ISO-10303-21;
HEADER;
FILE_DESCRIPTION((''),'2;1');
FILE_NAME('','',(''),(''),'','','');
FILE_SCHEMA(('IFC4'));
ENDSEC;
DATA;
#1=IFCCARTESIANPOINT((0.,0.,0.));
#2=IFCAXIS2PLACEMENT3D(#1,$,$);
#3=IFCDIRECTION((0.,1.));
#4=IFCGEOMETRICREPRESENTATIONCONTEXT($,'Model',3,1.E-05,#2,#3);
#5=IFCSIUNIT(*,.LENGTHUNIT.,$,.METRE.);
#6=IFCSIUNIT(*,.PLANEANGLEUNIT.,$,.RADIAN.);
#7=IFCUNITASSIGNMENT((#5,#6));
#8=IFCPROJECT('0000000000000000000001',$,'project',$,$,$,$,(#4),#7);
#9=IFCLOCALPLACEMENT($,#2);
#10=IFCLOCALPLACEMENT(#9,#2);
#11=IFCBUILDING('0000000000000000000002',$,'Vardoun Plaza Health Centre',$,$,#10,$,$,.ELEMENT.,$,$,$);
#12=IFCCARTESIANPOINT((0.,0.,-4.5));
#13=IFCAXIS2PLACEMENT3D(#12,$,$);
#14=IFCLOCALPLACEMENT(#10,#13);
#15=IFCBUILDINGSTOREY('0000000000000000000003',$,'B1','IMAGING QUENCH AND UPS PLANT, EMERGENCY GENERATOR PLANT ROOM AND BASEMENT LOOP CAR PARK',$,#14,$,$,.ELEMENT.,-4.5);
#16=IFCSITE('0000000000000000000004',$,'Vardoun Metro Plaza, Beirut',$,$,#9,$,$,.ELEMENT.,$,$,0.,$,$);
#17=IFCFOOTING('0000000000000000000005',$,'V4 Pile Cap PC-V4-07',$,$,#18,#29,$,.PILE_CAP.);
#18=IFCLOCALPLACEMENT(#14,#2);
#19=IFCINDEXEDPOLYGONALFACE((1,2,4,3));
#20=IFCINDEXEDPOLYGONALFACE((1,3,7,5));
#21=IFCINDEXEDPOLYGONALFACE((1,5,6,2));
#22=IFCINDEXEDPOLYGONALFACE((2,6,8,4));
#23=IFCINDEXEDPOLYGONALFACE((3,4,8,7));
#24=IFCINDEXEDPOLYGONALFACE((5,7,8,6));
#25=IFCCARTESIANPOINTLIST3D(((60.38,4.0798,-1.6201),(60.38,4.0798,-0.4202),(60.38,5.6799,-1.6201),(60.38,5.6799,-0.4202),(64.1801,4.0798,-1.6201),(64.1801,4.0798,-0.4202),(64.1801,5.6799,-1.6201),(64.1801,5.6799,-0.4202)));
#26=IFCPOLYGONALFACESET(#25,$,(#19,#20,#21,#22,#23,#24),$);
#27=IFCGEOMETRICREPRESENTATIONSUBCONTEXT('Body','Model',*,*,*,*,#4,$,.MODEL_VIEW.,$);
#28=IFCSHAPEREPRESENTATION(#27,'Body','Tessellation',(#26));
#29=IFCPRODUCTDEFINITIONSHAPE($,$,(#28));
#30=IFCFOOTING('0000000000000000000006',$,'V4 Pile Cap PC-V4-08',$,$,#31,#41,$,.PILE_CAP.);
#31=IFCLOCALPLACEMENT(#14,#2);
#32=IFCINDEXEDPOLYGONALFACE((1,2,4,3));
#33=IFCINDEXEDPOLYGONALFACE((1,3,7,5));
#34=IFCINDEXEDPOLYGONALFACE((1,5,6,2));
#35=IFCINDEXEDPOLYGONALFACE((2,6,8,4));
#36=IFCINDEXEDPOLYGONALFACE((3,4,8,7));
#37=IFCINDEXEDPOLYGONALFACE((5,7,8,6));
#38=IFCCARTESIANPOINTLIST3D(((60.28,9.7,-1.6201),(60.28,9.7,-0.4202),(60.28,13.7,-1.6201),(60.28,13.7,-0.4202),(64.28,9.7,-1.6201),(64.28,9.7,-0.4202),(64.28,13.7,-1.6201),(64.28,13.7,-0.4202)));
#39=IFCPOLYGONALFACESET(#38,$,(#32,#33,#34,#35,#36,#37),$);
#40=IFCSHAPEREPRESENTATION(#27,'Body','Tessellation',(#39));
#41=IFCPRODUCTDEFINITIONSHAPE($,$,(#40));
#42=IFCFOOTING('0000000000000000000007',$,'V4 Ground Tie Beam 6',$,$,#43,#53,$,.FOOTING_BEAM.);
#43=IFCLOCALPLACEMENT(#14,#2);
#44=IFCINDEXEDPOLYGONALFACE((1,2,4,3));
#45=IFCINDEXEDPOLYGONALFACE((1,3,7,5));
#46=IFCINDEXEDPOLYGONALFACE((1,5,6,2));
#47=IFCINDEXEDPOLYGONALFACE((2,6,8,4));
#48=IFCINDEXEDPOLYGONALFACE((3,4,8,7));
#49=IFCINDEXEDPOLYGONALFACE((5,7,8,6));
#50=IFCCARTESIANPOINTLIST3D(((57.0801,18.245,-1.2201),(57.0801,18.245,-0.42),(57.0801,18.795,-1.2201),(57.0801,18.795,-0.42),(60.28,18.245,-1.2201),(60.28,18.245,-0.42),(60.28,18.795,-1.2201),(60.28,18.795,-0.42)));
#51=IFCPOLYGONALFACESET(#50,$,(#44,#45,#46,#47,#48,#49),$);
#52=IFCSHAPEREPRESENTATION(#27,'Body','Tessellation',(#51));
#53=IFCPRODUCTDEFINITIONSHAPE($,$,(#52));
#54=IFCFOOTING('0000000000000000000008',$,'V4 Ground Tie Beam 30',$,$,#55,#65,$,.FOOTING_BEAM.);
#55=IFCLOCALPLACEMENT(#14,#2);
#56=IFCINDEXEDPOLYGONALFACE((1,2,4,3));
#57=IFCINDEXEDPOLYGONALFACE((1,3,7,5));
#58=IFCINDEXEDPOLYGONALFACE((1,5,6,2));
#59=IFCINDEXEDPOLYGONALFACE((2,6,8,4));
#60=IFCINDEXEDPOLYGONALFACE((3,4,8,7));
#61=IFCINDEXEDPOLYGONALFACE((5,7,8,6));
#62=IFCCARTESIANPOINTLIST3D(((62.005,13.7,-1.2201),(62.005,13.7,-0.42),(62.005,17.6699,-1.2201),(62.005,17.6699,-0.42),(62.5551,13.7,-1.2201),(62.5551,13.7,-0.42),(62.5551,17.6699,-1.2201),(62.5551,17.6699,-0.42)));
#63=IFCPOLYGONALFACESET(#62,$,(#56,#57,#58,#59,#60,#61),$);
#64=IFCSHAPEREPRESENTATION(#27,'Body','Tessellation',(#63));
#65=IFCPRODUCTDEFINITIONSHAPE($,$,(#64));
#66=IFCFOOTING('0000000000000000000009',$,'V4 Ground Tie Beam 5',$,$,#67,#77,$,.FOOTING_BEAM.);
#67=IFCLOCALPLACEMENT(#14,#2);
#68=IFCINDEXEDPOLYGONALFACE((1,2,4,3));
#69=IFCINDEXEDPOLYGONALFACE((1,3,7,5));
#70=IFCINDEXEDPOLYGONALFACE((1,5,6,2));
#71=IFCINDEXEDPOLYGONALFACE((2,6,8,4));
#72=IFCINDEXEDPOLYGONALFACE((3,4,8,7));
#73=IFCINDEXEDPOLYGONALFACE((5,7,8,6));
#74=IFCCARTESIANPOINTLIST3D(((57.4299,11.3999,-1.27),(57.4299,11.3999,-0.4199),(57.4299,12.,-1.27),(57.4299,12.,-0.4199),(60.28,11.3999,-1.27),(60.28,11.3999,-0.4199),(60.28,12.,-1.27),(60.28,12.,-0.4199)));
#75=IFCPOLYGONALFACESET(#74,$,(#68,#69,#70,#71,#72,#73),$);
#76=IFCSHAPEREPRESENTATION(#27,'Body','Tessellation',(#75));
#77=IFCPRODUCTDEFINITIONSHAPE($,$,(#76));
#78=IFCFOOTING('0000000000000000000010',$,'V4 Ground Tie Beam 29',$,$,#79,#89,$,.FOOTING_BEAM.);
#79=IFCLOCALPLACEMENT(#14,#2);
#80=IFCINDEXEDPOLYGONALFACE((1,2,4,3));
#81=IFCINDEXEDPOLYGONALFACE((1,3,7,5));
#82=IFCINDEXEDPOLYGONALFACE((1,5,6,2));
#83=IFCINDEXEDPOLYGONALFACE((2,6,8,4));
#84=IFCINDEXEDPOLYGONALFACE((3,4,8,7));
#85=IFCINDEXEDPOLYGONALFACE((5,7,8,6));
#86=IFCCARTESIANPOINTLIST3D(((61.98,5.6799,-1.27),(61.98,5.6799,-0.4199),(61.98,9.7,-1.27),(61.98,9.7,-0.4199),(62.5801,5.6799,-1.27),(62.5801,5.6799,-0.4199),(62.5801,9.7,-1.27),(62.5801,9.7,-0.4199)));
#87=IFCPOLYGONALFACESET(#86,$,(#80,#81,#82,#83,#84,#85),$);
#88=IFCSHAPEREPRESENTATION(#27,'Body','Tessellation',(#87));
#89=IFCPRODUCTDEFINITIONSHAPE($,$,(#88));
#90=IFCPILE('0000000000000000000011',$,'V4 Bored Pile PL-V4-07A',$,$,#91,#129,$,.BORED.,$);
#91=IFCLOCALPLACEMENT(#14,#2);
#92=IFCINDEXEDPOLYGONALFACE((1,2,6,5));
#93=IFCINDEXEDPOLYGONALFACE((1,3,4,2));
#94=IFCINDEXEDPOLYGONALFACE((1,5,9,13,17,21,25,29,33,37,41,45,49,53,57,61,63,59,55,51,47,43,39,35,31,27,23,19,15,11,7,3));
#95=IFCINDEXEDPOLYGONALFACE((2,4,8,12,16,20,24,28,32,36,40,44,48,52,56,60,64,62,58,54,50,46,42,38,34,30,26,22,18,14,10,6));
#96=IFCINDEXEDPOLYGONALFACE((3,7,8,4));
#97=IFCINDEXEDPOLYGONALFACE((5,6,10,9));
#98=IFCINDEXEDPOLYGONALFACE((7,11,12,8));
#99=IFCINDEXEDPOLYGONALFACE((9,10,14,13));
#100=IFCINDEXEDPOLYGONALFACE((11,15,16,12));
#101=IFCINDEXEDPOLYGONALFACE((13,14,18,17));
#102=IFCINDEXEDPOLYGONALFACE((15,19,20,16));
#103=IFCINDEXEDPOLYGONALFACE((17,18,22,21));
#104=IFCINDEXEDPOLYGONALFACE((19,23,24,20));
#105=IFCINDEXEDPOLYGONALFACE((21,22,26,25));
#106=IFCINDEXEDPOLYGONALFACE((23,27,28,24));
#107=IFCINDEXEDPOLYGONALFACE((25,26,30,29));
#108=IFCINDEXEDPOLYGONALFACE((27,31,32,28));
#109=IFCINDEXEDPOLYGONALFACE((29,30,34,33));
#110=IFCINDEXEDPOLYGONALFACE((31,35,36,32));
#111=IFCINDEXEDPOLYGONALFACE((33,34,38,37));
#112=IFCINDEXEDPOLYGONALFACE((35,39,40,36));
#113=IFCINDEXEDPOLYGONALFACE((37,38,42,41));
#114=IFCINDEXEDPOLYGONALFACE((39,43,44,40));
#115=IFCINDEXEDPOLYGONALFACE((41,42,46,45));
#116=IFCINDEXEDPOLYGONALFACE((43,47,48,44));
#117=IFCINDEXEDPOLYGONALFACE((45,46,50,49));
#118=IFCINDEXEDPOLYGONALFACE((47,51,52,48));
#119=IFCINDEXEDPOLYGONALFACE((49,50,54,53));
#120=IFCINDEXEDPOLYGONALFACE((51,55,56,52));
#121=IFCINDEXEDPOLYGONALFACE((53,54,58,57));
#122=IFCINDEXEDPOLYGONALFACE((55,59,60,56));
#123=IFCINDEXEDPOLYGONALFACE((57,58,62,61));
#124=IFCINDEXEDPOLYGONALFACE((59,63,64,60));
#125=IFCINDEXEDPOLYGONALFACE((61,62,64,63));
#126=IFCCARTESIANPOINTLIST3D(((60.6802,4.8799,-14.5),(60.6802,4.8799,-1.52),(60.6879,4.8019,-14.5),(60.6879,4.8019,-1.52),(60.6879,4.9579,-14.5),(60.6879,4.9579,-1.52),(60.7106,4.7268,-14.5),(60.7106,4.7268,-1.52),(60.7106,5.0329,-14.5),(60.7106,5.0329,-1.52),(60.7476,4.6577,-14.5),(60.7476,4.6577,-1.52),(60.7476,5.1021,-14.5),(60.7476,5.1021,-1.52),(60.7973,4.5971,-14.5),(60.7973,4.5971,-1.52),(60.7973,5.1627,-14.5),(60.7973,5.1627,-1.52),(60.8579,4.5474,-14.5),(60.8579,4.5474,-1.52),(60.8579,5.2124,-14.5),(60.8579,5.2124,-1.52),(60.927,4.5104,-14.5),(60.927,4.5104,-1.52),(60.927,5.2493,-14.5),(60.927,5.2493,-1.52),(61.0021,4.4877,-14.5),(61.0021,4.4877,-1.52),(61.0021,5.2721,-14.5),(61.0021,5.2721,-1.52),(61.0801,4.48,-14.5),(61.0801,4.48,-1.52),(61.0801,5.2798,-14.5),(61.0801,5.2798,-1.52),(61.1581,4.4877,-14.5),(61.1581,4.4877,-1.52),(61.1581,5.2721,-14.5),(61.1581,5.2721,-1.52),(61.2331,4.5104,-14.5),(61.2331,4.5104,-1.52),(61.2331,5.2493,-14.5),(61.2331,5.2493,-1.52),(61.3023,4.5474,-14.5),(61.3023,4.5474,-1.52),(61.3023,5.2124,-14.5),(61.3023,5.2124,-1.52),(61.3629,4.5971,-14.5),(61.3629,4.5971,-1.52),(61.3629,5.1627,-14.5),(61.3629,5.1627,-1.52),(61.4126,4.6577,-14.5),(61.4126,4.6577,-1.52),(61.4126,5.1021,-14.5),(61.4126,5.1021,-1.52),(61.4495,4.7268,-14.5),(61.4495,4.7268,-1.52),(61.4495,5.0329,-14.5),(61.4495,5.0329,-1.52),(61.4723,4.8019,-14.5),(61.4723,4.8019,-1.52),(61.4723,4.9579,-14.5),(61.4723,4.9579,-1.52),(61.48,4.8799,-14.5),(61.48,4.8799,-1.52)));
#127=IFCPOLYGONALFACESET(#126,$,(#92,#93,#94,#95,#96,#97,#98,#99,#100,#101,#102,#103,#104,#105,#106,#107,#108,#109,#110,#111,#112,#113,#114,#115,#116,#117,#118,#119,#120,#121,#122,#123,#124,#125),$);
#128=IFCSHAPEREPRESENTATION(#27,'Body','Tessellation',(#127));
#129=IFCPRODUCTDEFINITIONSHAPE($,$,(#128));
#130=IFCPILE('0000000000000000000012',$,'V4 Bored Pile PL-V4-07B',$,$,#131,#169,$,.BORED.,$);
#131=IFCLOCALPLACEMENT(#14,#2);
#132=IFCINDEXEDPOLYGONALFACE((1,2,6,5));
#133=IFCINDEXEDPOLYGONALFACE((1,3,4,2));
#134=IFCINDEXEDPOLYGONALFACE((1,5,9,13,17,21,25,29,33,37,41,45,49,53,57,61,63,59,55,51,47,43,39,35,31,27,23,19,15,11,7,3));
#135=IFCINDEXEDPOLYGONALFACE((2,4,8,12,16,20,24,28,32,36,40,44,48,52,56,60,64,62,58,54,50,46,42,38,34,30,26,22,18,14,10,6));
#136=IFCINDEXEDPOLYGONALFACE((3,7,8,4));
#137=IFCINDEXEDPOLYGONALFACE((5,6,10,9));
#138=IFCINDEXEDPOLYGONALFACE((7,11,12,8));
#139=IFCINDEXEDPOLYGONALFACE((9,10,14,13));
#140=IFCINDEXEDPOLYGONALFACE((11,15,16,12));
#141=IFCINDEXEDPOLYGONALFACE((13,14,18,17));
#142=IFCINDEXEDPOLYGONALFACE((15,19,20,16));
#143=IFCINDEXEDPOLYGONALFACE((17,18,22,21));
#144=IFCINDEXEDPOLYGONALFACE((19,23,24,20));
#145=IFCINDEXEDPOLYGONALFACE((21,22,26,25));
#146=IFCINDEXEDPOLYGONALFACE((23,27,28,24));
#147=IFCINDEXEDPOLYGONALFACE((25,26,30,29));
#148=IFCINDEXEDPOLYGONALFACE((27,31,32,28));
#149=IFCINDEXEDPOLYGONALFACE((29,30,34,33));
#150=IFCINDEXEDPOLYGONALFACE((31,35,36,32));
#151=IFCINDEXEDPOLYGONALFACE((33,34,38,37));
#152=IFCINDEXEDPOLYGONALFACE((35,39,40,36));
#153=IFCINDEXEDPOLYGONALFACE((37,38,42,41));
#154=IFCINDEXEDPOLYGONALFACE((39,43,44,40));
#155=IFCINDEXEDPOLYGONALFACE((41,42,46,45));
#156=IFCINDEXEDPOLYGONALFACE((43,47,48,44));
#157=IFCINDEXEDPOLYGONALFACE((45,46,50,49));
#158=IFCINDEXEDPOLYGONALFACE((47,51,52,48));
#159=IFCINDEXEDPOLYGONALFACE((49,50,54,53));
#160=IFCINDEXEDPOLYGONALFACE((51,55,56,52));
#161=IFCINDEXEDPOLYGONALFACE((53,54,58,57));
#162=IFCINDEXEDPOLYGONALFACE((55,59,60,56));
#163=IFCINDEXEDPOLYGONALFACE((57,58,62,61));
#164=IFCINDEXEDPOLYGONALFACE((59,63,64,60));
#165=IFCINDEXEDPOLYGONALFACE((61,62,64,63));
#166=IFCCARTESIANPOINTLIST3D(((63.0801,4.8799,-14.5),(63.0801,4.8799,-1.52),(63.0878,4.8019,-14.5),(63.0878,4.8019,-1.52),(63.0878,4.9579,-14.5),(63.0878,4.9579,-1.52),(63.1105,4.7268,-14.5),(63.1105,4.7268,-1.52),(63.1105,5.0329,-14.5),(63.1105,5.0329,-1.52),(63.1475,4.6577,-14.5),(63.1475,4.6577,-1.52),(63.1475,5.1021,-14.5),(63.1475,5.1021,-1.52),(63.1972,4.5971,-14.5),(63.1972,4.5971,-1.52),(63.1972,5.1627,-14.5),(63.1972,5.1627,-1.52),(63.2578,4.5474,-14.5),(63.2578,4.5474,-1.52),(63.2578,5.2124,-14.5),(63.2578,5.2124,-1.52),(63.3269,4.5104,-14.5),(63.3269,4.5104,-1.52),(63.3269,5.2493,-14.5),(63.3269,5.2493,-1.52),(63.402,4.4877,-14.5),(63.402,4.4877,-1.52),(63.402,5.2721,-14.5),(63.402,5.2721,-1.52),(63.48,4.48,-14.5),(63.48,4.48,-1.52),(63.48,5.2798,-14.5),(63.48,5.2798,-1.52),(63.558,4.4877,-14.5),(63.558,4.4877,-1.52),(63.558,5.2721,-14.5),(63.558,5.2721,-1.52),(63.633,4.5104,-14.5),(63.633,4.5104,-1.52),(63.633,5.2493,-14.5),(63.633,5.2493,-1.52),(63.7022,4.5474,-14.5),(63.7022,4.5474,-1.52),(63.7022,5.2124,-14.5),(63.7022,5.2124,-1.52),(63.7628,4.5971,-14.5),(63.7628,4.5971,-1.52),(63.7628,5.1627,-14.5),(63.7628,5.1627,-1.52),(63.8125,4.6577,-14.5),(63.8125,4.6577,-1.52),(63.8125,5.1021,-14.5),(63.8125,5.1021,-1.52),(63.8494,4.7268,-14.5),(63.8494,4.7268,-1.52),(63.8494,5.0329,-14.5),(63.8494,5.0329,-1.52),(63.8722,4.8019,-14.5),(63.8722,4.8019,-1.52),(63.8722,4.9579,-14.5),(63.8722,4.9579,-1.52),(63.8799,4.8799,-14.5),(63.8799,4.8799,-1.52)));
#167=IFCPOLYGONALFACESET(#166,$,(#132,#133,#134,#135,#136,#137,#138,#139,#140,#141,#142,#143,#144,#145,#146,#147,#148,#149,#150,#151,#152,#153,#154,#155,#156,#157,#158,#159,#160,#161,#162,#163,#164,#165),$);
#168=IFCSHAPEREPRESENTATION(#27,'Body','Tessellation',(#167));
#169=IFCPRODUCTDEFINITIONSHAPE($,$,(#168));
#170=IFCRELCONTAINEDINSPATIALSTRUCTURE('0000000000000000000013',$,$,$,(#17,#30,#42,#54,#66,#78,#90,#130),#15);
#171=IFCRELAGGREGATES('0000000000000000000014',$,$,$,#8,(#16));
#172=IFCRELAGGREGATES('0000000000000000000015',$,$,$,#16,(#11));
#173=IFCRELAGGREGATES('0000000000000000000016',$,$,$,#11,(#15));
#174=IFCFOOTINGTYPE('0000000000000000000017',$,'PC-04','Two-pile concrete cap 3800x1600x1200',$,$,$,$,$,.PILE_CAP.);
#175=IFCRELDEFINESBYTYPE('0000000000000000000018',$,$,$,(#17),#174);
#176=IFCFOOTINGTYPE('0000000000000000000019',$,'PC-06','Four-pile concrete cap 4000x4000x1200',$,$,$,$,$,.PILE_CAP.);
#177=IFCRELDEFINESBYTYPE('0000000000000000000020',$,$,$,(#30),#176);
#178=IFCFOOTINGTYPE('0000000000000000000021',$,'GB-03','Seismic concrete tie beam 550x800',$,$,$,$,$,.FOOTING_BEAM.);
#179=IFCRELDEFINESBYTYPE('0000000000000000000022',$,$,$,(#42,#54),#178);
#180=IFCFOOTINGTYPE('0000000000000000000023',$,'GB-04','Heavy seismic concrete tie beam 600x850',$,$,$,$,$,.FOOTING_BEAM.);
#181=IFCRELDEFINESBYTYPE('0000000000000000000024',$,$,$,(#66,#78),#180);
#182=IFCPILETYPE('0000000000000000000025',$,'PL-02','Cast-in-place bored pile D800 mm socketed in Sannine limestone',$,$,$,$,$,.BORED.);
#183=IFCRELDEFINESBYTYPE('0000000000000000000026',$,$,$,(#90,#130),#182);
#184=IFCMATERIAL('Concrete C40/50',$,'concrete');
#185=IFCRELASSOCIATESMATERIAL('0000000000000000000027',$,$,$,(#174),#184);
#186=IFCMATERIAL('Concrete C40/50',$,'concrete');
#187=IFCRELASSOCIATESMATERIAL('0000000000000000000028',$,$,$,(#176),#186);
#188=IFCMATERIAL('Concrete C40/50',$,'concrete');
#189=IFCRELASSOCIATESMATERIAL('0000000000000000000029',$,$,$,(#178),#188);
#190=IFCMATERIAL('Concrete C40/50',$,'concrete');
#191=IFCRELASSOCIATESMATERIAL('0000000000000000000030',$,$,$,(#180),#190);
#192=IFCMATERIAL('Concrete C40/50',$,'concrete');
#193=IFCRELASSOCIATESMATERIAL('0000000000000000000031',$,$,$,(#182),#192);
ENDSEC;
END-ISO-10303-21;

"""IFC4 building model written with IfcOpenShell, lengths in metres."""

from ifc_helpers import new_model, si_unit, direction, frame, origin, origin_2d, place, context, subcontext, project, spatial, rectangle, circle, extrude, material, material_profile, profile_set, type_object, element, save


model = new_model("IFC4")

# Units and contexts
model_context = context("Model", 3, precision=1e-05, world=origin(), true_north=direction((0.0, 1.0)))
body_context = subcontext(model_context, "Body", "Model", "MODEL_VIEW")
ifc_project = project(units=[si_unit("LENGTHUNIT", "METRE"), si_unit("PLANEANGLEUNIT", "RADIAN")], contexts=[model_context])

# Site, building, storey
site_placement = place(None, origin())
site = spatial("IfcSite", under=ifc_project, at=site_placement, Name="Vardoun Metro Plaza, Beirut", CompositionType="ELEMENT", RefElevation=0.0)
building_placement = place(site_placement, origin())
building = spatial("IfcBuilding", under=site, at=building_placement, Name="Vardoun Plaza Health Centre", CompositionType="ELEMENT")
storey_placement = place(building_placement, frame((0.0, 0.0, -4.5)))
storey = spatial("IfcBuildingStorey", under=building, at=storey_placement, Name="B1", Description="IMAGING QUENCH AND UPS PLANT, EMERGENCY GENERATOR PLANT ROOM AND BASEMENT LOOP CAR PARK", CompositionType="ELEMENT", Elevation=-4.5)

# Footings
ifc_material_1 = material(Name="Concrete C40/50", Category="concrete")
footing_type_1 = type_object("IfcFootingType", Name="PC-04", Description="Two-pile concrete cap 3800x1600x1200", PredefinedType="PILE_CAP", material=ifc_material_1)
footing_1_placement = place(storey_placement, frame((62.28, 4.8799, -1.6201), z_axis=(0.0, 0.0, 1.0), x_axis=(1.0, 0.0, 0.0)))
element("IfcFooting", 1, at=footing_1_placement, inside=storey, type_object=footing_type_1, Name="V4 Pile Cap PC-V4-07", PredefinedType="PILE_CAP", context=body_context, shape_type="SweptSolid", body=[
    extrude(rectangle(XDim=3.8, YDim=1.6001, at=origin_2d()), origin(), (0.0, 0.0, 1.0), 1.2),
])
ifc_material_2 = material(Name="Concrete C40/50", Category="concrete")
footing_type_2 = type_object("IfcFootingType", Name="PC-06", Description="Four-pile concrete cap 4000x4000x1200", PredefinedType="PILE_CAP", material=ifc_material_2)
footing_2_placement = place(storey_placement, frame((62.28, 11.7, -1.6201), z_axis=(0.0, 0.0, 1.0), x_axis=(1.0, 0.0, 0.0)))
element("IfcFooting", 2, at=footing_2_placement, inside=storey, type_object=footing_type_2, Name="V4 Pile Cap PC-V4-08", PredefinedType="PILE_CAP", context=body_context, shape_type="SweptSolid", body=[
    extrude(rectangle(XDim=4.0, YDim=4.0, at=origin_2d()), origin(), (0.0, 0.0, 1.0), 1.2),
])
ifc_material_3 = material(Name="Concrete C40/50", Category="concrete")
ifc_material_profile_1 = material_profile(ifc_material_3, rectangle(XDim=0.55, YDim=0.8, at=origin_2d()), Name="GB 550x800")
ifc_profile_set_1 = profile_set([ifc_material_profile_1], Name="Concrete C40/50")
footing_type_3 = type_object("IfcFootingType", Name="GB-03", Description="Seismic concrete tie beam 550x800", PredefinedType="FOOTING_BEAM", material=ifc_profile_set_1)
footing_3_placement = place(storey_placement, frame((57.0801, 18.52, -0.8201), z_axis=(1.0, 0.0, 0.0), x_axis=(0.0, 1.0, 0.0)))
element("IfcFooting", 3, at=footing_3_placement, inside=storey, type_object=footing_type_3, Name="V4 Ground Tie Beam 6", PredefinedType="FOOTING_BEAM", context=body_context, shape_type="SweptSolid", body=[
    extrude(rectangle(XDim=0.55, YDim=0.8, at=origin_2d()), origin(), (0.0, 0.0, 1.0), 3.2),
])
footing_4_placement = place(storey_placement, frame((62.28, 13.7, -0.8201), z_axis=(0.0, 1.0, 0.0), x_axis=(-1.0, 0.0, 0.0)))
element("IfcFooting", 4, at=footing_4_placement, inside=storey, type_object=footing_type_3, Name="V4 Ground Tie Beam 30", PredefinedType="FOOTING_BEAM", context=body_context, shape_type="SweptSolid", body=[
    extrude(rectangle(XDim=0.55, YDim=0.8, at=origin_2d()), origin(), (0.0, 0.0, 1.0), 3.97),
])
ifc_material_4 = material(Name="Concrete C40/50", Category="concrete")
ifc_material_profile_2 = material_profile(ifc_material_4, rectangle(XDim=0.6001, YDim=0.8501, at=origin_2d()), Name="GB 600x850")
ifc_profile_set_2 = profile_set([ifc_material_profile_2], Name="Concrete C40/50")
footing_type_4 = type_object("IfcFootingType", Name="GB-04", Description="Heavy seismic concrete tie beam 600x850", PredefinedType="FOOTING_BEAM", material=ifc_profile_set_2)
footing_5_placement = place(storey_placement, frame((57.4299, 11.7, -0.845), z_axis=(1.0, 0.0, 0.0), x_axis=(0.0, 1.0, 0.0)))
element("IfcFooting", 5, at=footing_5_placement, inside=storey, type_object=footing_type_4, Name="V4 Ground Tie Beam 5", PredefinedType="FOOTING_BEAM", context=body_context, shape_type="SweptSolid", body=[
    extrude(rectangle(XDim=0.6001, YDim=0.8501, at=origin_2d()), origin(), (0.0, 0.0, 1.0), 2.8501),
])
footing_6_placement = place(storey_placement, frame((62.28, 5.6799, -0.845), z_axis=(0.0, 1.0, 0.0), x_axis=(-1.0, 0.0, 0.0)))
element("IfcFooting", 6, at=footing_6_placement, inside=storey, type_object=footing_type_4, Name="V4 Ground Tie Beam 29", PredefinedType="FOOTING_BEAM", context=body_context, shape_type="SweptSolid", body=[
    extrude(rectangle(XDim=0.6001, YDim=0.8501, at=origin_2d()), origin(), (0.0, 0.0, 1.0), 4.02),
])

# Piles
ifc_material_5 = material(Name="Concrete C40/50", Category="concrete")
ifc_material_profile_3 = material_profile(ifc_material_5, circle(Radius=0.3999, at=origin_2d()), Name="PILE D800")
ifc_profile_set_3 = profile_set([ifc_material_profile_3], Name="Concrete C40/50")
pile_type_1 = type_object("IfcPileType", Name="PL-02", Description="Cast-in-place bored pile D800 mm socketed in Sannine limestone", PredefinedType="BORED", material=ifc_profile_set_3)
for number, where, z_axis, x_axis, name in (
    (7, (61.0801, 4.8799, -1.52), (0.0, 0.0, -1.0), (1.0, 0.0, 0.0), "V4 Bored Pile PL-V4-07A"),
    (8, (63.48, 4.8799, -1.52), (0.0, 0.0, -1.0), (1.0, 0.0, 0.0), "V4 Bored Pile PL-V4-07B"),
):
    element("IfcPile", number, at=place(storey_placement, frame(where, z_axis=z_axis, x_axis=x_axis)), inside=storey, type_object=pile_type_1, Name=name, PredefinedType="BORED", context=body_context, shape_type="SweptSolid", body=[
        extrude(circle(Radius=0.3999, at=origin_2d()), origin(), (0.0, 0.0, 1.0), 12.98),
    ])

save(model, "model.ifc")
